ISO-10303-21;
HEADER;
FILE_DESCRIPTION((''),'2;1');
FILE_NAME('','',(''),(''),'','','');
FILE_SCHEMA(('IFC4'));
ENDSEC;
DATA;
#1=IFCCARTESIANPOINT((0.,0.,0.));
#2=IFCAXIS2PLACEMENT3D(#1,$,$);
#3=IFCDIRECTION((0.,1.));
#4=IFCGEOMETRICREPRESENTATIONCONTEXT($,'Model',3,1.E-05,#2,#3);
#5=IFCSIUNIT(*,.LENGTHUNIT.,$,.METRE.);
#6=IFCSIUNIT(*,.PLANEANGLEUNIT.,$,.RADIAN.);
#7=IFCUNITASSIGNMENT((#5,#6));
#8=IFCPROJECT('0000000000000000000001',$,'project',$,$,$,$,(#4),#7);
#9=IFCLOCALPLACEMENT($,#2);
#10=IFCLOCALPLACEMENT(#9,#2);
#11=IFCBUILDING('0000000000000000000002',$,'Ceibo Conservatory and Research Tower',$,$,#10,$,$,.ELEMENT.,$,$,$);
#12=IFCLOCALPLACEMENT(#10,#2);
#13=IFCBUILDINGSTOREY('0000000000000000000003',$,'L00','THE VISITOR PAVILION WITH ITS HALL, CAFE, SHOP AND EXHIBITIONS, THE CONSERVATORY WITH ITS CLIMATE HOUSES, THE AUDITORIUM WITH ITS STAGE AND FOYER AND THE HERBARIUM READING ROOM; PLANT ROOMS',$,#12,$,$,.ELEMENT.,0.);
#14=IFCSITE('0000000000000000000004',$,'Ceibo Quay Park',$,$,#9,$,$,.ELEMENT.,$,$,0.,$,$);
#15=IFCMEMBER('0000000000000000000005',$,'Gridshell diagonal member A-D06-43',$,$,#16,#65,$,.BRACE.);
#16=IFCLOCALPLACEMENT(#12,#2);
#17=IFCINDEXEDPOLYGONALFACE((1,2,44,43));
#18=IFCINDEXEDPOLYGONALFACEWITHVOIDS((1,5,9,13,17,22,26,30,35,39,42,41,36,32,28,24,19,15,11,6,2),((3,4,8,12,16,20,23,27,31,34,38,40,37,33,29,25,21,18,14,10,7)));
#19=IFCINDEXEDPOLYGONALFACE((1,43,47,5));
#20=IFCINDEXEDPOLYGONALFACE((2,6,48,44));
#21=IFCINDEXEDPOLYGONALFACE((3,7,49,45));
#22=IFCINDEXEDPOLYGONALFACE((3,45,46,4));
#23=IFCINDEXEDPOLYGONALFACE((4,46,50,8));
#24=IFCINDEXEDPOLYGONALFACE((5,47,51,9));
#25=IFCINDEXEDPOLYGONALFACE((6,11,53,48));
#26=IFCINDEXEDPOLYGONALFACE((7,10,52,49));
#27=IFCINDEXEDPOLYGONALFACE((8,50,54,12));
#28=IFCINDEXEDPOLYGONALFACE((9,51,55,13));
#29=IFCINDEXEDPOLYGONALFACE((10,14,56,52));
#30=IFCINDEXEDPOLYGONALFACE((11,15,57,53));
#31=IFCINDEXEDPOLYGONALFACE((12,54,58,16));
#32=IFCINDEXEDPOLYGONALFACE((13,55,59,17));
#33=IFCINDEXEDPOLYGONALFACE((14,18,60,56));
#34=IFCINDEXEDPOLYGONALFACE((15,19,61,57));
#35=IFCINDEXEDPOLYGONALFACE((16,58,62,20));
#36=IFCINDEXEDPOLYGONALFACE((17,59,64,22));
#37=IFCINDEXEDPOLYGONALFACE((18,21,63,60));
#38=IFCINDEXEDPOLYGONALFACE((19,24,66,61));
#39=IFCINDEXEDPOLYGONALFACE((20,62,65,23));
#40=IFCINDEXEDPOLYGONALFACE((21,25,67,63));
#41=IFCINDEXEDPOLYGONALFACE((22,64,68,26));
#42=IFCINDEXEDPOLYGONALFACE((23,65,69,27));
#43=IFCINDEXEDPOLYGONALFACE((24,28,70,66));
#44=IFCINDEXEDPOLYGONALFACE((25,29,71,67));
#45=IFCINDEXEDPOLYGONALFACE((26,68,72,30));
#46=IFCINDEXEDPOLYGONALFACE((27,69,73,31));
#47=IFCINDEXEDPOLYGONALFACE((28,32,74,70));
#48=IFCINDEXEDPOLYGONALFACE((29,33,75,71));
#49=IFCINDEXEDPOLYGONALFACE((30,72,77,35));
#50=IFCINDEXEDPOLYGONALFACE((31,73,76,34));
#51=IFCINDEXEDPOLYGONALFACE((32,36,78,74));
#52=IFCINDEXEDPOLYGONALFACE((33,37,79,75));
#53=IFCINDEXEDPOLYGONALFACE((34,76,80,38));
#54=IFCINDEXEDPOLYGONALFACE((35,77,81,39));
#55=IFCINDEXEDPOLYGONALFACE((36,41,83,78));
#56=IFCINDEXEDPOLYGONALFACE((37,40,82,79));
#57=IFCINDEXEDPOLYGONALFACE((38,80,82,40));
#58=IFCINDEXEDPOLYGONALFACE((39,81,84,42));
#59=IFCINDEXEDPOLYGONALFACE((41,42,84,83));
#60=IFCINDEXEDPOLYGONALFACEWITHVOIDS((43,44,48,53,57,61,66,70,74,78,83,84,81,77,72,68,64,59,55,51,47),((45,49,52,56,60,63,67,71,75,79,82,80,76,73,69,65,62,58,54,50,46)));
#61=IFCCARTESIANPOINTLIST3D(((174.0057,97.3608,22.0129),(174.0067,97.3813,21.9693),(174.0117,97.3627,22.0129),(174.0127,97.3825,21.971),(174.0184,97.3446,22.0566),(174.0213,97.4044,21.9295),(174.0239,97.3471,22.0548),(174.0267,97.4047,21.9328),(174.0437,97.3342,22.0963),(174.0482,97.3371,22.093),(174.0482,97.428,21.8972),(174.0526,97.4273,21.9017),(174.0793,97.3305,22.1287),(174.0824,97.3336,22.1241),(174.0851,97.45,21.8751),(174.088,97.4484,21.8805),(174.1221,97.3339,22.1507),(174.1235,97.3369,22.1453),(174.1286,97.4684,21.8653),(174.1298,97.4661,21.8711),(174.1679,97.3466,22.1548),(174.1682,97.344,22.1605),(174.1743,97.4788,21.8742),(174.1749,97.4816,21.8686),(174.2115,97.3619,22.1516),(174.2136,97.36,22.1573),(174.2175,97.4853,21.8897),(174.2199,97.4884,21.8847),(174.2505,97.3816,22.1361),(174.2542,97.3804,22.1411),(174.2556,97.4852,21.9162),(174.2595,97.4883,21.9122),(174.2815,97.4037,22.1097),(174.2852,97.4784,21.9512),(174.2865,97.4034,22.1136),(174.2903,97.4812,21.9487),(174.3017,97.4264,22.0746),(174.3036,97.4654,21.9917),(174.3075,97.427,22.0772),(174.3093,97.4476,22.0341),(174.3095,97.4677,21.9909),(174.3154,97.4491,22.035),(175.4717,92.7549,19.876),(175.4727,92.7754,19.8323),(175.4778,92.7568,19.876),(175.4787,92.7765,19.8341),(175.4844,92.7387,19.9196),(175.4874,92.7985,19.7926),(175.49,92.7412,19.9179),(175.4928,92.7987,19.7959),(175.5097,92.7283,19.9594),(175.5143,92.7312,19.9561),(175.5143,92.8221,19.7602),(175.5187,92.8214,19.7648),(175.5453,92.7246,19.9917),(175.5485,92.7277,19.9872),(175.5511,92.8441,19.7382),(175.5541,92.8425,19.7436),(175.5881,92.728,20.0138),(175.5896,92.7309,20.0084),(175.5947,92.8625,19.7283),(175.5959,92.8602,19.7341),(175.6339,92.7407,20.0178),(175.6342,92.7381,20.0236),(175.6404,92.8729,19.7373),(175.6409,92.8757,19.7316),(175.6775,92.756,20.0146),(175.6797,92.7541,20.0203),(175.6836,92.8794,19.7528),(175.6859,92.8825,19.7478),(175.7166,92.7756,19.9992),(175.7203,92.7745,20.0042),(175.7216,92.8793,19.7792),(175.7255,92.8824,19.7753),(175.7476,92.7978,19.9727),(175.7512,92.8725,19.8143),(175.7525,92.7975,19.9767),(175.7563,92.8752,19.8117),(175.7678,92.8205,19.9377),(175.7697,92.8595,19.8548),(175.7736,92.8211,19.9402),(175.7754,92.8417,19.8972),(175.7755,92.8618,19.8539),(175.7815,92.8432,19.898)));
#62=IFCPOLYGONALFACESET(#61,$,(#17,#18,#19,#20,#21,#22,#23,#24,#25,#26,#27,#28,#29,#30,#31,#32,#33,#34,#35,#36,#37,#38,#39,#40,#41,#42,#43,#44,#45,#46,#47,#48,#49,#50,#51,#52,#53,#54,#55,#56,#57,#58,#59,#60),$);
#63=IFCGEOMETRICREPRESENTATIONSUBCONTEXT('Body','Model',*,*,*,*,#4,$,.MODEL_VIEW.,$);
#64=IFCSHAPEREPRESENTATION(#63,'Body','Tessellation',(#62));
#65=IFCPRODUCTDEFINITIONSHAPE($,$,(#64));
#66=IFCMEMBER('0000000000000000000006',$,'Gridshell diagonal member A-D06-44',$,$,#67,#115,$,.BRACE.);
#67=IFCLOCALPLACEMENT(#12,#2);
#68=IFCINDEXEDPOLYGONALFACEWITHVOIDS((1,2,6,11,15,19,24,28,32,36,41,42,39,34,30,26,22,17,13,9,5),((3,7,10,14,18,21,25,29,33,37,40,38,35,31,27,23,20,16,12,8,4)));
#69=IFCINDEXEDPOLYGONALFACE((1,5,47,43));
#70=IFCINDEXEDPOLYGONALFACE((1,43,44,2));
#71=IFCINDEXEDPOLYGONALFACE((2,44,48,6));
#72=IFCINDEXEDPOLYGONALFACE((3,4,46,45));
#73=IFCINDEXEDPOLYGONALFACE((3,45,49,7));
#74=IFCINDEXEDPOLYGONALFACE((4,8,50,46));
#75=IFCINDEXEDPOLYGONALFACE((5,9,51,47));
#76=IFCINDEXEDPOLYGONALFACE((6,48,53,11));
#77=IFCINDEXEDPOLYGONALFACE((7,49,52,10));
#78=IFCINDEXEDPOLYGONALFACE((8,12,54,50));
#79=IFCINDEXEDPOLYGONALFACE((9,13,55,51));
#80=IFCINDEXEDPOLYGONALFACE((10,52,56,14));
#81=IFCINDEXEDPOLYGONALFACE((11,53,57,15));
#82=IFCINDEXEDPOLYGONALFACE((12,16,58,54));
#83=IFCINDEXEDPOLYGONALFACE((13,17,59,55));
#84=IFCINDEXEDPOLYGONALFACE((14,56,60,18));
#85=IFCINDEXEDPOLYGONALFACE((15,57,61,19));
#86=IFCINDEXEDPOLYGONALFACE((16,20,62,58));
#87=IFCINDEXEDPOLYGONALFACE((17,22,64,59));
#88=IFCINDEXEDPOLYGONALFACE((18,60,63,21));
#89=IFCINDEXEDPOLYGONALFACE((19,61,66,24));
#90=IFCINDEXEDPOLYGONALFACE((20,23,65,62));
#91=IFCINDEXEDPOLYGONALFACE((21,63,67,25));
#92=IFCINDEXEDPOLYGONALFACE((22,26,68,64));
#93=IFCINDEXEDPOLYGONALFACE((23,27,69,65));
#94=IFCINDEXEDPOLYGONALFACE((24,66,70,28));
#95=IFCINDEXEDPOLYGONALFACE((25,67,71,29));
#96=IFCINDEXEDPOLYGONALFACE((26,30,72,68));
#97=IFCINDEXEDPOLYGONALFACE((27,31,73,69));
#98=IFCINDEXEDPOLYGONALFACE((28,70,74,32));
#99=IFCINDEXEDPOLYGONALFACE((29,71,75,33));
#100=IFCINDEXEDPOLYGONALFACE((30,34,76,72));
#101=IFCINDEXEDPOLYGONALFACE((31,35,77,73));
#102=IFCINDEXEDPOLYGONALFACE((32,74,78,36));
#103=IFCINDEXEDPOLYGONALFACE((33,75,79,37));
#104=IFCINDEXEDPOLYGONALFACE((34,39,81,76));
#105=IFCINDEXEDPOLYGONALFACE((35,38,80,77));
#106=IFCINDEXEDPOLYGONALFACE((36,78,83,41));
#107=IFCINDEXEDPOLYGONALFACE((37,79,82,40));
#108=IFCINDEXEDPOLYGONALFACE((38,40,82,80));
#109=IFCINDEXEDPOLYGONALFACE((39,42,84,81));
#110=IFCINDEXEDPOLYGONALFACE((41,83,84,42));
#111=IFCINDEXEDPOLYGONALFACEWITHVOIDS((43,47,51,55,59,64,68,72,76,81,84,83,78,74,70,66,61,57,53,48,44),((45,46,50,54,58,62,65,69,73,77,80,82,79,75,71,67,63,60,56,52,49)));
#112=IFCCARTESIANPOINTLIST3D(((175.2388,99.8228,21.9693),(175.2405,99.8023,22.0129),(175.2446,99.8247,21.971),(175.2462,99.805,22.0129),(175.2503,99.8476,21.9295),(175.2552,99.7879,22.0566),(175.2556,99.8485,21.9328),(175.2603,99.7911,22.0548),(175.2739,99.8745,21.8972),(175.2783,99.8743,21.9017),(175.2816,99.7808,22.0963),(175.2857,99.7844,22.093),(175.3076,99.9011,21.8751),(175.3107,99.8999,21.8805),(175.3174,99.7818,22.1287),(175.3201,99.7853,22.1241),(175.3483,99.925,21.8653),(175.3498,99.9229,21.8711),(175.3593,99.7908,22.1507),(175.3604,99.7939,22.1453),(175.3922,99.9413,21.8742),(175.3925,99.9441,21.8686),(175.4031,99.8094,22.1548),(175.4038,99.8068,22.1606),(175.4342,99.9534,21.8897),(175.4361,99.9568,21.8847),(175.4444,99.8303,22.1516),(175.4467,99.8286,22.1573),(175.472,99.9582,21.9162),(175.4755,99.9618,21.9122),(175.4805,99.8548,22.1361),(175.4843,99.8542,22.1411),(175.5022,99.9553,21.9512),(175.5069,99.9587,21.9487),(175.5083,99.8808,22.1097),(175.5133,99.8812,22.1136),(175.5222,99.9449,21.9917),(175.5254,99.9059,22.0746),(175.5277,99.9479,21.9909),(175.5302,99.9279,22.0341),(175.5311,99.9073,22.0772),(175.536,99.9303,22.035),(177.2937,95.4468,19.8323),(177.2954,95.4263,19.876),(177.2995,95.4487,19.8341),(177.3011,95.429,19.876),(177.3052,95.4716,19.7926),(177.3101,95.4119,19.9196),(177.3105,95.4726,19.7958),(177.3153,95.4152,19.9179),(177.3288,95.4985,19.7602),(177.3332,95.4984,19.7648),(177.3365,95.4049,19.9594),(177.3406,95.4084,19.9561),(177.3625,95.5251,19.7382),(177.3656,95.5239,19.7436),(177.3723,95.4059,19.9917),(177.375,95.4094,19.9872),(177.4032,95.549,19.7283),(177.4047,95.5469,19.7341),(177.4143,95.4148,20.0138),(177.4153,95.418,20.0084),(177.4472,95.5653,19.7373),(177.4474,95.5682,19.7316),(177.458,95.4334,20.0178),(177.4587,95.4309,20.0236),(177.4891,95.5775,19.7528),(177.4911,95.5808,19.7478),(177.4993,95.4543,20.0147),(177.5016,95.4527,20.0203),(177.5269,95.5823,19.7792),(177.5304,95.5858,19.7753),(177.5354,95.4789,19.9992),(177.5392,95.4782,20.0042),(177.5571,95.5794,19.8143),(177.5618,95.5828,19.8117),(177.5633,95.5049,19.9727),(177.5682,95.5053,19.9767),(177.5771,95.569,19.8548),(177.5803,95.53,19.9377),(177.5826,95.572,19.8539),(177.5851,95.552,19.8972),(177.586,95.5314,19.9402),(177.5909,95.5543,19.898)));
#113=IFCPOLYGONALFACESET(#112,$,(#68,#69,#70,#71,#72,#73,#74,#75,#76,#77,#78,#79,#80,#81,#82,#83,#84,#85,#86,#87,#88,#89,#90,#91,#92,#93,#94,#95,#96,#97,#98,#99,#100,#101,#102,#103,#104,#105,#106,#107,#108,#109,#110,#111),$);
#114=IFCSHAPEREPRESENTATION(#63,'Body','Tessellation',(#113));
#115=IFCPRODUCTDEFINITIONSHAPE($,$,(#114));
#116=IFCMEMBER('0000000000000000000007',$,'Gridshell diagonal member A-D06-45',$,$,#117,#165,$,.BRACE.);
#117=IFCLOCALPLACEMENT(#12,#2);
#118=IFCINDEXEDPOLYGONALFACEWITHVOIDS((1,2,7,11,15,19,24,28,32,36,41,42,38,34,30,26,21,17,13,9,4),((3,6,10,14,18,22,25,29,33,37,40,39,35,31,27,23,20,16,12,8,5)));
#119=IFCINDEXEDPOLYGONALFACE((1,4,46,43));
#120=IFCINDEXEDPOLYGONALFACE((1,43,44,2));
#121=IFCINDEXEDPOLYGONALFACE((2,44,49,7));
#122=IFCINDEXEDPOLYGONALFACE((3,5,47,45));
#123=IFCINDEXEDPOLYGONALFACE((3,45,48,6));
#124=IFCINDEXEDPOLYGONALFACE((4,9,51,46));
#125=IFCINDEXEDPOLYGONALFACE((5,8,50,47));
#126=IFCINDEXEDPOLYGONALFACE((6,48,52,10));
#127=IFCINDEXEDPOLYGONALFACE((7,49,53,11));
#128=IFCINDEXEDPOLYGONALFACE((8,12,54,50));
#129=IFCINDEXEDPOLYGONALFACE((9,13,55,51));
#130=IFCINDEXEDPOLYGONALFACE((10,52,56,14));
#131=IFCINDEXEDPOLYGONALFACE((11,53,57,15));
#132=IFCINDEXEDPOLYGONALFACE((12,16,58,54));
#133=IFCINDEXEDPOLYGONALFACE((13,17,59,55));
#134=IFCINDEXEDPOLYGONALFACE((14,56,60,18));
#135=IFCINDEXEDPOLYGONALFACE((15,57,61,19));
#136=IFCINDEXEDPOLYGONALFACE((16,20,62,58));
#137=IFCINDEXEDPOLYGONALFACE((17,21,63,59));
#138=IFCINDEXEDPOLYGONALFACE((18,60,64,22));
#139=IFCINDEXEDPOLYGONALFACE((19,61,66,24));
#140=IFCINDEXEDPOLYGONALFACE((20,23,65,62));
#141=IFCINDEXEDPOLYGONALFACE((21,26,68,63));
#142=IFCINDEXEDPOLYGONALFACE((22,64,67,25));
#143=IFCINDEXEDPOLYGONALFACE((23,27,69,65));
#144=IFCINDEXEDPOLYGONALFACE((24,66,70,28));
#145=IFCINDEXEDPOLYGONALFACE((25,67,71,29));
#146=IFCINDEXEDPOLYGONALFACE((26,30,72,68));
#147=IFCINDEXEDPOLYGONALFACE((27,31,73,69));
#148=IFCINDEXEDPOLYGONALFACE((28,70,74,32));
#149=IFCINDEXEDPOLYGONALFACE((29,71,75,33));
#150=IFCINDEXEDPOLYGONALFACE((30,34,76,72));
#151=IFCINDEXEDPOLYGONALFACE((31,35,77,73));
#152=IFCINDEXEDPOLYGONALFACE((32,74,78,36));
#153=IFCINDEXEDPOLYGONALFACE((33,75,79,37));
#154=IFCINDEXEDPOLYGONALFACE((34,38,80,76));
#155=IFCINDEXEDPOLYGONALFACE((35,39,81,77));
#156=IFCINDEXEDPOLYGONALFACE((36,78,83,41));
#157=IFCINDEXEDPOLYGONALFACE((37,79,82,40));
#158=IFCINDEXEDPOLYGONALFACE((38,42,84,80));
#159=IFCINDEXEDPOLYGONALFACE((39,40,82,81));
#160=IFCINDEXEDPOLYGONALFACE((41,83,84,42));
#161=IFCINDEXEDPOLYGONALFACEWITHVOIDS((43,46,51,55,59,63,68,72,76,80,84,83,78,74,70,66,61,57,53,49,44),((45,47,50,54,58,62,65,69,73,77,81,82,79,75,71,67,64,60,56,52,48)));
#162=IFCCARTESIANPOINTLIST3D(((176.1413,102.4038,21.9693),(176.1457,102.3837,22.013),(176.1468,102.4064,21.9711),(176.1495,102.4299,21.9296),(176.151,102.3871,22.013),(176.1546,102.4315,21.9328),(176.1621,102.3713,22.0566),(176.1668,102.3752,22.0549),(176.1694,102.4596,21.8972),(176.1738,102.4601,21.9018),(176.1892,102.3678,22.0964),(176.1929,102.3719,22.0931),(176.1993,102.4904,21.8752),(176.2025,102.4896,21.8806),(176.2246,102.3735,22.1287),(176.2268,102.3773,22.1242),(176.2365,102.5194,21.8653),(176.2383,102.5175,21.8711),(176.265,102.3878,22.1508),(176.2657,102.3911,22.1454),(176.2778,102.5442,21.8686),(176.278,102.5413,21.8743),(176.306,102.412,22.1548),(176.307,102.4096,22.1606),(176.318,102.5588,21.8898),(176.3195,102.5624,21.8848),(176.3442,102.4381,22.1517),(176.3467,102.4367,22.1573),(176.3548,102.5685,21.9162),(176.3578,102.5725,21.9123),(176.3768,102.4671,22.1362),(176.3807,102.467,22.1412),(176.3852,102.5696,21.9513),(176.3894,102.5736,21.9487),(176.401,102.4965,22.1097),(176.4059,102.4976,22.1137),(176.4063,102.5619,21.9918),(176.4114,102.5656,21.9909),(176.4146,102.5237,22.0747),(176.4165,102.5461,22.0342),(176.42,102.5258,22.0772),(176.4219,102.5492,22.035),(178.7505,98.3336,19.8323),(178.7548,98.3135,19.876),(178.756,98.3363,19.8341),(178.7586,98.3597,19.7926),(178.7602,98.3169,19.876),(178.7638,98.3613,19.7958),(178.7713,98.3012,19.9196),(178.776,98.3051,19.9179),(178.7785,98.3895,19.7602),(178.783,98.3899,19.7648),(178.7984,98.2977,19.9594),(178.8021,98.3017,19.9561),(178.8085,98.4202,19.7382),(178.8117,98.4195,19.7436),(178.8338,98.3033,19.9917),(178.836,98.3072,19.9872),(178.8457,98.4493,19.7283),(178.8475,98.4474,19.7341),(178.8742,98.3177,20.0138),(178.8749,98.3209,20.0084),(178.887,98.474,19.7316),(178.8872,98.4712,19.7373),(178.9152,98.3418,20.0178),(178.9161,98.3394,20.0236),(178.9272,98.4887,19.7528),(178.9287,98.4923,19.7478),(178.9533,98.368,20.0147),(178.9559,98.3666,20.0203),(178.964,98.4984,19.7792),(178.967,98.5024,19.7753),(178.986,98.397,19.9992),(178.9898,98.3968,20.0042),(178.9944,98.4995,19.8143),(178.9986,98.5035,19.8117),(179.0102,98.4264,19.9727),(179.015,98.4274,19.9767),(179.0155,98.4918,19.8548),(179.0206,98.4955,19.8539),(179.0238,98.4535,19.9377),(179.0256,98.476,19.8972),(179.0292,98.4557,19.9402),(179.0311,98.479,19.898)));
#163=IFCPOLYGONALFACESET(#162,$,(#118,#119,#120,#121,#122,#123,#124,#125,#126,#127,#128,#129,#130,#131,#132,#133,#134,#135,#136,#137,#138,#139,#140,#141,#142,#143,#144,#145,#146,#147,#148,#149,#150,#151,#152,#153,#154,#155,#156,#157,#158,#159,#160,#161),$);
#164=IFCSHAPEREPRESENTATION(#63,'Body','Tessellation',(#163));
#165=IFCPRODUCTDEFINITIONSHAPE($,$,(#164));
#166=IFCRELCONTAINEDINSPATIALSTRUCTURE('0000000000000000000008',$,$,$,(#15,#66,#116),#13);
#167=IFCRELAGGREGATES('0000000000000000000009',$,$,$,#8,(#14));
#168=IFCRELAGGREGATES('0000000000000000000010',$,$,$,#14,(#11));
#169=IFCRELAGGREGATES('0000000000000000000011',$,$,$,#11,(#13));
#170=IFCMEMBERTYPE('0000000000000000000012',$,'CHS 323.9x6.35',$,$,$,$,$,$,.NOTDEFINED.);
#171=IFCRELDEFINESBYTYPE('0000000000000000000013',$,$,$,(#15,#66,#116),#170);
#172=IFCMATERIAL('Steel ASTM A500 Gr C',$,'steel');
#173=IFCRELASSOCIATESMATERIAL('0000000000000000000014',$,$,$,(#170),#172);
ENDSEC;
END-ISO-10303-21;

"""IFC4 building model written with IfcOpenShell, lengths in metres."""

from ifc_helpers import new_model, si_unit, direction, frame, origin, origin_2d, place, context, subcontext, project, spatial, hollow_circle, extrude, material, material_profile, profile_set, type_object, element, save


model = new_model("IFC4")

# Units and contexts
model_context = context("Model", 3, precision=1e-05, world=origin(), true_north=direction((0.0, 1.0)))
body_context = subcontext(model_context, "Body", "Model", "MODEL_VIEW")
ifc_project = project(units=[si_unit("LENGTHUNIT", "METRE"), si_unit("PLANEANGLEUNIT", "RADIAN")], contexts=[model_context])

# Site, building, storey
site_placement = place(None, origin())
site = spatial("IfcSite", under=ifc_project, at=site_placement, Name="Ceibo Quay Park", CompositionType="ELEMENT", RefElevation=0.0)
building_placement = place(site_placement, origin())
building = spatial("IfcBuilding", under=site, at=building_placement, Name="Ceibo Conservatory and Research Tower", CompositionType="ELEMENT")
storey_placement = place(building_placement, origin())
storey = spatial("IfcBuildingStorey", under=building, at=storey_placement, Name="L00", Description="THE VISITOR PAVILION WITH ITS HALL, CAFE, SHOP AND EXHIBITIONS, THE CONSERVATORY WITH ITS CLIMATE HOUSES, THE AUDITORIUM WITH ITS STAGE AND FOYER AND THE HERBARIUM READING ROOM; PLANT ROOMS", CompositionType="ELEMENT", Elevation=0.0)

# Members
ifc_material_1 = material(Name="Steel ASTM A500 Gr C", Category="steel")
ifc_material_profile_1 = material_profile(ifc_material_1, hollow_circle(Radius=0.1619, WallThickness=0.0063, at=origin_2d()), Name="CHS 323.9x6.35")
ifc_profile_set_1 = profile_set([ifc_material_profile_1], Name="Steel ASTM A500 Gr C")
member_type_1 = type_object("IfcMemberType", Name="CHS 323.9x6.35", PredefinedType="NOTDEFINED", material=ifc_profile_set_1)
member_1_placement = place(storey_placement, frame((175.626, 92.804, 19.876), z_axis=(-0.277403, 0.871522, 0.404348), x_axis=(-0.952894, -0.303304, 0.0)))
element("IfcMember", 1, at=member_1_placement, inside=storey, type_object=member_type_1, Name="Gridshell diagonal member A-D06-43", PredefinedType="BRACE", context=body_context, shape_type="SweptSolid", body=[
    extrude(hollow_circle(Radius=0.1619, WallThickness=0.0063, at=origin_2d()), origin(), (0.0, 0.0, 1.0), 5.2849),
])
member_2_placement = place(storey_placement, frame((177.4419, 95.4951, 19.876), z_axis=(-0.388773, 0.827891, 0.404292), x_axis=(-0.905165, -0.42506, 0.0)))
element("IfcMember", 2, at=member_2_placement, inside=storey, type_object=member_type_1, Name="Gridshell diagonal member A-D06-44", PredefinedType="BRACE", context=body_context, shape_type="SweptSolid", body=[
    extrude(hollow_circle(Radius=0.1619, WallThickness=0.0063, at=origin_2d()), origin(), (0.0, 0.0, 1.0), 5.2856),
])
member_3_placement = place(storey_placement, frame((178.8911, 98.4009, 19.876), z_axis=(-0.493612, 0.770001, 0.404284), x_axis=(-0.841869, -0.539683, 0.0)))
element("IfcMember", 3, at=member_3_placement, inside=storey, type_object=member_type_1, Name="Gridshell diagonal member A-D06-45", PredefinedType="BRACE", context=body_context, shape_type="SweptSolid", body=[
    extrude(hollow_circle(Radius=0.1619, WallThickness=0.0063, at=origin_2d()), origin(), (0.0, 0.0, 1.0), 5.2859),
])

save(model, "model.ifc")
